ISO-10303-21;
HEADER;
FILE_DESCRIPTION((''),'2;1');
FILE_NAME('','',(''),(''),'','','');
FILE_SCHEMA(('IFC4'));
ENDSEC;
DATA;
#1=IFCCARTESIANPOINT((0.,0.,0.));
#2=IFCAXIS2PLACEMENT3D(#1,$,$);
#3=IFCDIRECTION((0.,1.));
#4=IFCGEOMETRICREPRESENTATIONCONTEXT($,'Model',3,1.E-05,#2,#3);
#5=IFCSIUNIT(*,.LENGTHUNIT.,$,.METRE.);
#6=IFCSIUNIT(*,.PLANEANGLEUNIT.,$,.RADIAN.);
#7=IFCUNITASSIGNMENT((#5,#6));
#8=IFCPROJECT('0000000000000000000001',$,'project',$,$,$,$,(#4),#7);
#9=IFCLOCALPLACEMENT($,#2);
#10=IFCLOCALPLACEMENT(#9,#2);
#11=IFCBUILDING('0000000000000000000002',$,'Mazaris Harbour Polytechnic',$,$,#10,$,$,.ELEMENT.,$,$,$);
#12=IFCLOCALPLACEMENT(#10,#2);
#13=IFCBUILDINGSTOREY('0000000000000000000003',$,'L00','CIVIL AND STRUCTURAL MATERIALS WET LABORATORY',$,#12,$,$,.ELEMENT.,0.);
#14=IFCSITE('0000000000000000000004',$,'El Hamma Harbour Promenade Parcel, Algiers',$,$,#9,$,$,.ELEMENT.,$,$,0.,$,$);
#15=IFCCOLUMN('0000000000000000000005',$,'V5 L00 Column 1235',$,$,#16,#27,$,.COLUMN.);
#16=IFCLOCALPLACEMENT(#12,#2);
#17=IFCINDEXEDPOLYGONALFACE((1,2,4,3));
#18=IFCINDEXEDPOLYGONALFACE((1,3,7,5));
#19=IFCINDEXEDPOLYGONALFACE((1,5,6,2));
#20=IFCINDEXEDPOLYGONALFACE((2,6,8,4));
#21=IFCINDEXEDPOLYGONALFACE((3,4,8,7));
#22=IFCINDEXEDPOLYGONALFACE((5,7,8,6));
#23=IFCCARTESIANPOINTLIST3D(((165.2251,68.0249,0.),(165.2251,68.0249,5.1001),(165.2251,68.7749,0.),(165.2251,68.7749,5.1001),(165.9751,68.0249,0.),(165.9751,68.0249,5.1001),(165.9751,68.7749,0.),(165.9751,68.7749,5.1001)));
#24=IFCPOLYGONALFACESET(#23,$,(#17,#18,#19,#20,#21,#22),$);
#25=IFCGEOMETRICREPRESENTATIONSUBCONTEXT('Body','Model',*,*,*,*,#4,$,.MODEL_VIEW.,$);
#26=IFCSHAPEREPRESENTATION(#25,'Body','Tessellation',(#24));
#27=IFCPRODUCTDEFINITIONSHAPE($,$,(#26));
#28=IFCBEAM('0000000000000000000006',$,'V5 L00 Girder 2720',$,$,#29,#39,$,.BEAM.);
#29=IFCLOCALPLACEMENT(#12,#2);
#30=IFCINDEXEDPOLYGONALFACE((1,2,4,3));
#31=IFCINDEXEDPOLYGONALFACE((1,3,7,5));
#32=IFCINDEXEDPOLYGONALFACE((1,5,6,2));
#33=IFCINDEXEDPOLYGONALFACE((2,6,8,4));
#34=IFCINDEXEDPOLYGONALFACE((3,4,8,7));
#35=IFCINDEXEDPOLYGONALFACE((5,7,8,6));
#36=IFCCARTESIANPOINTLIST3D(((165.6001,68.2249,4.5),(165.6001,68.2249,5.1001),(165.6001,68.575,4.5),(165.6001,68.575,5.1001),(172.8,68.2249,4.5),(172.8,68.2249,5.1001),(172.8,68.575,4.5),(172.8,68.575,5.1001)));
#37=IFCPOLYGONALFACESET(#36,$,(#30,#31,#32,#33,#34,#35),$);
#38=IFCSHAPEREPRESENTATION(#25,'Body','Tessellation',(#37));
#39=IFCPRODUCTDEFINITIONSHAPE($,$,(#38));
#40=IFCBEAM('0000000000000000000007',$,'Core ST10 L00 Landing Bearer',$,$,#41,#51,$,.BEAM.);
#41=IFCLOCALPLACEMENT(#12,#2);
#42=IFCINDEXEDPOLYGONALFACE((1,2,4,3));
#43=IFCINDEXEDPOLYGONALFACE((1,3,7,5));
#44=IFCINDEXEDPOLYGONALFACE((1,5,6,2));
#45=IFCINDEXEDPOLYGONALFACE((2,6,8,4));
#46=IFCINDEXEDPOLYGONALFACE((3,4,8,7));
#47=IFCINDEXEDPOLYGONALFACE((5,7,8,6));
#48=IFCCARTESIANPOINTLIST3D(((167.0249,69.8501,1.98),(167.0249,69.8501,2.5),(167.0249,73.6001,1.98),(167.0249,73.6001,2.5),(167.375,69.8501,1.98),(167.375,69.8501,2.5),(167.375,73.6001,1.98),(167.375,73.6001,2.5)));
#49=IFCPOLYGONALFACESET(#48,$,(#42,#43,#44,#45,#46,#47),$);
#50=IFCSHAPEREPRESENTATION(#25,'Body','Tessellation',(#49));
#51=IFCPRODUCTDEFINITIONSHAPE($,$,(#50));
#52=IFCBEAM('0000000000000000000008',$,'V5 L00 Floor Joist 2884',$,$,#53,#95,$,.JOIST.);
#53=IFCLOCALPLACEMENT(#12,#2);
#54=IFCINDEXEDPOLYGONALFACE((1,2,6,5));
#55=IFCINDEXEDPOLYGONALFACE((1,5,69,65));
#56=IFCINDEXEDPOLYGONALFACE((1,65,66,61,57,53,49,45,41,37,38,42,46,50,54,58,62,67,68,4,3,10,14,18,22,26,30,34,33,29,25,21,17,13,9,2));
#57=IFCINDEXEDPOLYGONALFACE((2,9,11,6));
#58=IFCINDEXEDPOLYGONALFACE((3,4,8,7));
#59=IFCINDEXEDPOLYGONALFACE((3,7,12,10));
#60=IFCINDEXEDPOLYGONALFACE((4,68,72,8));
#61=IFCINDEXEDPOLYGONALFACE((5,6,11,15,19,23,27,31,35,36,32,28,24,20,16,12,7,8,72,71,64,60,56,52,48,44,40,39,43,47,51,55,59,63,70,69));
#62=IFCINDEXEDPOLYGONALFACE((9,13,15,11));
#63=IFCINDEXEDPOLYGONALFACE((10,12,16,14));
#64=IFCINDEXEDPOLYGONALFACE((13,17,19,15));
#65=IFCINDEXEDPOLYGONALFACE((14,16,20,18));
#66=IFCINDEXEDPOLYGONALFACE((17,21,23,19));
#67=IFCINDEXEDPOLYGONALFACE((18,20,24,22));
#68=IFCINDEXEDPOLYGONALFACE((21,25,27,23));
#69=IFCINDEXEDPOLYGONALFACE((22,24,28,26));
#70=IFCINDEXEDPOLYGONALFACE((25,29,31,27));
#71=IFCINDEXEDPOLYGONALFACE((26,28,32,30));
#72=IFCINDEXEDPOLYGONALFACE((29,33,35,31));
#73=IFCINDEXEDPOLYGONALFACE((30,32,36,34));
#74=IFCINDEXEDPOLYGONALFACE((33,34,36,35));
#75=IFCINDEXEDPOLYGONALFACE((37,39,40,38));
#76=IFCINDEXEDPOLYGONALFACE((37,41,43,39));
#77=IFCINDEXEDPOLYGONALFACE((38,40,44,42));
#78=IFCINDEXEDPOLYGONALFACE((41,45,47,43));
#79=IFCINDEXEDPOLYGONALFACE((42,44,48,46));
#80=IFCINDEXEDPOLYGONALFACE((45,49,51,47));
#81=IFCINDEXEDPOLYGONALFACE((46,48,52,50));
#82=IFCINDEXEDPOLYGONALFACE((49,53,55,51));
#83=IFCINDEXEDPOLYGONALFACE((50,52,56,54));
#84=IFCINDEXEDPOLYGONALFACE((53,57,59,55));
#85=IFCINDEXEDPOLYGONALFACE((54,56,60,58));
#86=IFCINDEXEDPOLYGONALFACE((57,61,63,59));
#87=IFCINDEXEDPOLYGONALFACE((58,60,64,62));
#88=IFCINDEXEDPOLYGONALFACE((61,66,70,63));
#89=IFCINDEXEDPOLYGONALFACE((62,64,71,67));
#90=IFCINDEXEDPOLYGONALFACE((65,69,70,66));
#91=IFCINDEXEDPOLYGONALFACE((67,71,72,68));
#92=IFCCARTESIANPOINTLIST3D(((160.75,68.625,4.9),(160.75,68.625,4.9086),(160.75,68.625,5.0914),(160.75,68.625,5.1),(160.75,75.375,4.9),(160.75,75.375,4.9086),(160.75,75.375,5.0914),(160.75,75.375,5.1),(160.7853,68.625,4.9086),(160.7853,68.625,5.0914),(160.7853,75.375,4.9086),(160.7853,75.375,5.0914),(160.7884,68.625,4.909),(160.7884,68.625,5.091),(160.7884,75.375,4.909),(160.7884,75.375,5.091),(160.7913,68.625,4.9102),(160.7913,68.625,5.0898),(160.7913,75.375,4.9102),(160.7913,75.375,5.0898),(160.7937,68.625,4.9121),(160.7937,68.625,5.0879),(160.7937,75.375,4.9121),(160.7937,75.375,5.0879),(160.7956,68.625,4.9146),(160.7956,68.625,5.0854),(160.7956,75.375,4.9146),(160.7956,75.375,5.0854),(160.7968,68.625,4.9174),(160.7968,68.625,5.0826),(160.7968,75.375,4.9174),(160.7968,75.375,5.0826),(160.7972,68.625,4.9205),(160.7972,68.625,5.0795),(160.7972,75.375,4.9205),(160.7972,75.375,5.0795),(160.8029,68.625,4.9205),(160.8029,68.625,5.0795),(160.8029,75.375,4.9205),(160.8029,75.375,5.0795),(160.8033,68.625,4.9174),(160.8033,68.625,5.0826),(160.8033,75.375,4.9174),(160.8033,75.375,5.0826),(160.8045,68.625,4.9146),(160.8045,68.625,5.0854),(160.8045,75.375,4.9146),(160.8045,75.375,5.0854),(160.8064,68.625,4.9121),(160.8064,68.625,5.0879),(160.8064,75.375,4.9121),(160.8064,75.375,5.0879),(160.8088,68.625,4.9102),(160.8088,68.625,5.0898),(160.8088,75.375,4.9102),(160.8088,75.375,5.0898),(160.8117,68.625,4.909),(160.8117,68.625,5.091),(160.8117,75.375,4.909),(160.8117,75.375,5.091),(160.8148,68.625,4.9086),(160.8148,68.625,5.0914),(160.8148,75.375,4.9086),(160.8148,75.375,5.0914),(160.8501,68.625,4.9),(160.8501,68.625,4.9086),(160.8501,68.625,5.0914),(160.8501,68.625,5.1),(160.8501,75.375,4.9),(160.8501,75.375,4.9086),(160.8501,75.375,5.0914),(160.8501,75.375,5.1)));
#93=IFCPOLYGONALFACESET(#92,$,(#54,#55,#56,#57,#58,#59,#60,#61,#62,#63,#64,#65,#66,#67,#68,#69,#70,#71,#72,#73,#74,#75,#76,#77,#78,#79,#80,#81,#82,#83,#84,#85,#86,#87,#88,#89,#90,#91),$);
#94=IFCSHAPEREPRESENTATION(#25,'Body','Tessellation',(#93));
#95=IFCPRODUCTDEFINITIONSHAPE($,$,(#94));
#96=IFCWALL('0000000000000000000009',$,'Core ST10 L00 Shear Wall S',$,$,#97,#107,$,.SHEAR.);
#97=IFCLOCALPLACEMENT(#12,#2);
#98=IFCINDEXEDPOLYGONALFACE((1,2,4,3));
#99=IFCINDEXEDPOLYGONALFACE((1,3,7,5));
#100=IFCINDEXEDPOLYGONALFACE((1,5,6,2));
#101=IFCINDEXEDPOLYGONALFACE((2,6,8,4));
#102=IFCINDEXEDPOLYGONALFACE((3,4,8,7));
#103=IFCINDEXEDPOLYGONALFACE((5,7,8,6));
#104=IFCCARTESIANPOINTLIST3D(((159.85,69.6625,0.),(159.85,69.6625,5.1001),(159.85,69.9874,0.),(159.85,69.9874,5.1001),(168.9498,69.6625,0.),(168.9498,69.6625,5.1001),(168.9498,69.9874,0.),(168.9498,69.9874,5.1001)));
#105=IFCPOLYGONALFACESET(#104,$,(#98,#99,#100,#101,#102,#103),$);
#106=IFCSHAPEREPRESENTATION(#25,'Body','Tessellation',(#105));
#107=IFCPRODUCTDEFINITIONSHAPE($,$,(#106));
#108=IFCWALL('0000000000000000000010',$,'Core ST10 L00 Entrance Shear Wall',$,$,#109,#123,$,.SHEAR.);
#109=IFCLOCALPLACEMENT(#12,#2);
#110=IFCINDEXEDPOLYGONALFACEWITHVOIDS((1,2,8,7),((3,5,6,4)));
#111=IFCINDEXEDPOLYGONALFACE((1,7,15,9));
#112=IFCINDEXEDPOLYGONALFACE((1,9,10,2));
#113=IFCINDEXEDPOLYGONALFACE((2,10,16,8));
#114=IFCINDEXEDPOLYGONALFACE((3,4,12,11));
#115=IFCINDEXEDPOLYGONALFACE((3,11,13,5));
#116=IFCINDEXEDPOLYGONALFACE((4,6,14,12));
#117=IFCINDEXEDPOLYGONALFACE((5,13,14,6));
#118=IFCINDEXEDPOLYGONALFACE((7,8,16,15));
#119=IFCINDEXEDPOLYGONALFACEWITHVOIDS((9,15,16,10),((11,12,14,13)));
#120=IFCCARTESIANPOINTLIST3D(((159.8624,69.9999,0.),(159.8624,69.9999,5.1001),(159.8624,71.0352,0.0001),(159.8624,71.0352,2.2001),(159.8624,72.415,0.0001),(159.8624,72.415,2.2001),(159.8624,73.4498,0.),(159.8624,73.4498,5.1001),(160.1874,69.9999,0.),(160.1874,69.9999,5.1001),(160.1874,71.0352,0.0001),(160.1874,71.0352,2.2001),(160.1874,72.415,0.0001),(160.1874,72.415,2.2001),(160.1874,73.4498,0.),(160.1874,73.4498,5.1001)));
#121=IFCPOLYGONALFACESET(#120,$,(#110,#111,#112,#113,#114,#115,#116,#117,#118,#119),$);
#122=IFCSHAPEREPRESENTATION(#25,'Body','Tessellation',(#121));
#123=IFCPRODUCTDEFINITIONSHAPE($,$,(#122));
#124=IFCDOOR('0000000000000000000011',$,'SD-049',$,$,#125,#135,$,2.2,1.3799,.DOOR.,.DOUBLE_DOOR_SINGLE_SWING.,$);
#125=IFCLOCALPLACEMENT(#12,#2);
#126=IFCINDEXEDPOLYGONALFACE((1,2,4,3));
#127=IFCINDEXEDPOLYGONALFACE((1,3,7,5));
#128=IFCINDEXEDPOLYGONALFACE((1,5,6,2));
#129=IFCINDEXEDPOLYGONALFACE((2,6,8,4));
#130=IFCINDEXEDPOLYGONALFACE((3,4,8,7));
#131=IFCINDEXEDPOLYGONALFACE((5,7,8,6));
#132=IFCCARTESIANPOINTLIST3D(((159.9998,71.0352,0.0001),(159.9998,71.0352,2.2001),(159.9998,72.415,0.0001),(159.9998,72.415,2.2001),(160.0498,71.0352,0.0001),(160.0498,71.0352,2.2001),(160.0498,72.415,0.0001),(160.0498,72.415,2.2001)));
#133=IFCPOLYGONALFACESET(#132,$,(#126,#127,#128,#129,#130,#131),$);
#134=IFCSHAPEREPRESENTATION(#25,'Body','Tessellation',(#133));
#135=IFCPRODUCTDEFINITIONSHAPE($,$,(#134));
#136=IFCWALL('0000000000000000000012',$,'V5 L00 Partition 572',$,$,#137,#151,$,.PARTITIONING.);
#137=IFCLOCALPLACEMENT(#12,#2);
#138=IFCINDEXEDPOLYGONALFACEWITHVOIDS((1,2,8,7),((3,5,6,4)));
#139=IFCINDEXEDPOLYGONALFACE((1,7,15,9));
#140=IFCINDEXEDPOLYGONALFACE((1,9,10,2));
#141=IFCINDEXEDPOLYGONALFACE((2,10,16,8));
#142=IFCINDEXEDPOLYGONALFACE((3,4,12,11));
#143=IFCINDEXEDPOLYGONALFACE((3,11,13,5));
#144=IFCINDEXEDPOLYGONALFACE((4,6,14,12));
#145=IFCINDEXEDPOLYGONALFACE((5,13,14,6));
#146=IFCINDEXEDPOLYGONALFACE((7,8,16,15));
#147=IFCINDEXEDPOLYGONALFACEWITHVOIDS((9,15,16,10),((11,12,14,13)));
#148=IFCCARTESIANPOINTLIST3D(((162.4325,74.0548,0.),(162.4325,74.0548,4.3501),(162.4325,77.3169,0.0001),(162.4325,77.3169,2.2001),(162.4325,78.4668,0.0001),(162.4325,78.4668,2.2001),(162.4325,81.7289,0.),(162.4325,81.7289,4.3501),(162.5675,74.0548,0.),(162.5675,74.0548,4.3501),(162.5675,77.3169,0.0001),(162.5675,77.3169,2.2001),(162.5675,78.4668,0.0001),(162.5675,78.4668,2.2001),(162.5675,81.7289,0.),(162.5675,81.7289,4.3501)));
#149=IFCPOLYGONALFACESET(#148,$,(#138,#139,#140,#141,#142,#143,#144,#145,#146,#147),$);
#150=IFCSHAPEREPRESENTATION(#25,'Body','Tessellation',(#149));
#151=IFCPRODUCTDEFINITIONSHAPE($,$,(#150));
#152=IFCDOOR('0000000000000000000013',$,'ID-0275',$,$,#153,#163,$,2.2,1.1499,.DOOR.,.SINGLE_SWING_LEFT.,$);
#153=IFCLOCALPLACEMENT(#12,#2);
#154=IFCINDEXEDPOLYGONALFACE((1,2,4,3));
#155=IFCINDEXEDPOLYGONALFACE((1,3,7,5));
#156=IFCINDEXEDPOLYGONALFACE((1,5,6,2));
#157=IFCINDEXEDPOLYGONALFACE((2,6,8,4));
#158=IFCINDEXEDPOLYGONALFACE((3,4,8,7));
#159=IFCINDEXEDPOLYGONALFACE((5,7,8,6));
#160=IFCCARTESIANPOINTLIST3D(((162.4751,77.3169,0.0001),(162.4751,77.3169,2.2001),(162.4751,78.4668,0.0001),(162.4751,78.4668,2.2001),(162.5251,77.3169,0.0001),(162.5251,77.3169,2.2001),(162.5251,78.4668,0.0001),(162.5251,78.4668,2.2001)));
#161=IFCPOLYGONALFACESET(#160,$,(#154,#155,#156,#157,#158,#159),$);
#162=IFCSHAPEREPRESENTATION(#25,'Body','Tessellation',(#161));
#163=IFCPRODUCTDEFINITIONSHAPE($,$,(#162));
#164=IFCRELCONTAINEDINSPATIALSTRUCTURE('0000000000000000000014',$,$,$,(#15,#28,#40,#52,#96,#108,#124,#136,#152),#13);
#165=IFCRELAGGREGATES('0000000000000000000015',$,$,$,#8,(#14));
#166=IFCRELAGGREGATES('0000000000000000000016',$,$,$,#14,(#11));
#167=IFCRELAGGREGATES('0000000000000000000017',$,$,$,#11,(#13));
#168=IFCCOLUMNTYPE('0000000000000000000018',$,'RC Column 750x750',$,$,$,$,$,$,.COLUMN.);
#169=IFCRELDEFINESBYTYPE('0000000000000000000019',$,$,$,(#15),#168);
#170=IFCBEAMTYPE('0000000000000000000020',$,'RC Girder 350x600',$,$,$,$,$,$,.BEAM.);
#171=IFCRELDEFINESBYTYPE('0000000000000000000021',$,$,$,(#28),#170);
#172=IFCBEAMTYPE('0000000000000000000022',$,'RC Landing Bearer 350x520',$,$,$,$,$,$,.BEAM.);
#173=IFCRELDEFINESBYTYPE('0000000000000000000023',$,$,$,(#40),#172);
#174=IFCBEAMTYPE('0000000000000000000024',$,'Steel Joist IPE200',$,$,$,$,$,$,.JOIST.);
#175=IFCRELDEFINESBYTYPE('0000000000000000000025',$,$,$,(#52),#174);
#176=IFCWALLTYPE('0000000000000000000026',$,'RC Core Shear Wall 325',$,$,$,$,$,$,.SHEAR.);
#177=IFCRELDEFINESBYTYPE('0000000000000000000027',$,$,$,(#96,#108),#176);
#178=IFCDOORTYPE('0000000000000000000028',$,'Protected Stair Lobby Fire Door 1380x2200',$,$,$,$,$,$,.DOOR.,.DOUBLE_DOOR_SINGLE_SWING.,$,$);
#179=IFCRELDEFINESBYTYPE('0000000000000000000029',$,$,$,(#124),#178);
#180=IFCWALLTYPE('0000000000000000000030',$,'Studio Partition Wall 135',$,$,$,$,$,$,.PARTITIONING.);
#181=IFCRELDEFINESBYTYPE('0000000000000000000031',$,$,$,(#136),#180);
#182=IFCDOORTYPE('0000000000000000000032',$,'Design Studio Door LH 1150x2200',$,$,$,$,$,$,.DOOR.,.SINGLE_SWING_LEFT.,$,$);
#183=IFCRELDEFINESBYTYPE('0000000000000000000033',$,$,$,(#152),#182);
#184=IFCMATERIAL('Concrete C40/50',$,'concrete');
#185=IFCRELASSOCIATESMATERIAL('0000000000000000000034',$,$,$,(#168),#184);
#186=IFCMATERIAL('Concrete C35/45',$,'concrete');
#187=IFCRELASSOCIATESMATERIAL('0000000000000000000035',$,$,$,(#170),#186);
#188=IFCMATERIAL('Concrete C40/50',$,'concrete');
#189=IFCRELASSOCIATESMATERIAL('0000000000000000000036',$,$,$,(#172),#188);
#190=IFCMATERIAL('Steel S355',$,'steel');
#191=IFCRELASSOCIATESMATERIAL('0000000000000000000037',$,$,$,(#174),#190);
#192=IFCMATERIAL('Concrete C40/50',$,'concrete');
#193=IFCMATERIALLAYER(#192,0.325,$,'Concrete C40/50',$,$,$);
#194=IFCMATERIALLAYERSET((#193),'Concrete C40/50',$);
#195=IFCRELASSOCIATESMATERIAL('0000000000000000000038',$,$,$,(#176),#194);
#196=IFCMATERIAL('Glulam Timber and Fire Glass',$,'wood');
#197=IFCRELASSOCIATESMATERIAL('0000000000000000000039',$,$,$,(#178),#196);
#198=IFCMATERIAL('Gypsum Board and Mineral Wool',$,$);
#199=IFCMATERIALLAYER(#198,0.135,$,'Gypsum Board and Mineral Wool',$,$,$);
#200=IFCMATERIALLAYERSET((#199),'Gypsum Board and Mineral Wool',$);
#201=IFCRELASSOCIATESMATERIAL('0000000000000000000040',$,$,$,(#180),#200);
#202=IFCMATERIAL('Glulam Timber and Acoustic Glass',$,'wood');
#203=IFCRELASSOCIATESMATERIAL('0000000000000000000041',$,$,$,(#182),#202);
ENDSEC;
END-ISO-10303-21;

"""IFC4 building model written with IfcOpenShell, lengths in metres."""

from ifc_helpers import new_model, si_unit, direction, frame, frame_2d, origin, origin_2d, place, context, subcontext, project, spatial, rectangle, i_section, extrude, material, layer, layer_set, material_profile, profile_set, type_object, element, fill, save


model = new_model("IFC4")

# Units and contexts
model_context = context("Model", 3, precision=1e-05, world=origin(), true_north=direction((0.0, 1.0)))
body_context = subcontext(model_context, "Body", "Model", "MODEL_VIEW")
ifc_project = project(units=[si_unit("LENGTHUNIT", "METRE"), si_unit("PLANEANGLEUNIT", "RADIAN")], contexts=[model_context])

# Site, building, storey
site_placement = place(None, origin())
site = spatial("IfcSite", under=ifc_project, at=site_placement, Name="El Hamma Harbour Promenade Parcel, Algiers", CompositionType="ELEMENT", RefElevation=0.0)
building_placement = place(site_placement, origin())
building = spatial("IfcBuilding", under=site, at=building_placement, Name="Mazaris Harbour Polytechnic", CompositionType="ELEMENT")
storey_placement = place(building_placement, origin())
storey = spatial("IfcBuildingStorey", under=building, at=storey_placement, Name="L00", Description="CIVIL AND STRUCTURAL MATERIALS WET LABORATORY", CompositionType="ELEMENT", Elevation=0.0)

# Column
ifc_material_1 = material(Name="Concrete C40/50", Category="concrete")
ifc_material_profile_1 = material_profile(ifc_material_1, rectangle(XDim=0.75, YDim=0.75, at=origin_2d()), Name="RECT750x750")
ifc_profile_set_1 = profile_set([ifc_material_profile_1], Name="Concrete C40/50")
column_type = type_object("IfcColumnType", Name="RC Column 750x750", PredefinedType="COLUMN", material=ifc_profile_set_1)
column_placement = place(storey_placement, frame((165.6001, 68.3999, 0.0), z_axis=(0.0, 0.0, 1.0), x_axis=(1.0, 0.0, 0.0)))
element("IfcColumn", 1, at=column_placement, inside=storey, type_object=column_type, Name="V5 L00 Column 1235", PredefinedType="COLUMN", context=body_context, shape_type="SweptSolid", body=[
    extrude(rectangle(XDim=0.75, YDim=0.75, at=origin_2d()), origin(), (0.0, 0.0, 1.0), 5.1001),
])

# Beams
ifc_material_2 = material(Name="Concrete C35/45", Category="concrete")
ifc_material_profile_2 = material_profile(ifc_material_2, rectangle(XDim=0.3501, YDim=0.6001, at=origin_2d()), Name="RECT350x600")
ifc_profile_set_2 = profile_set([ifc_material_profile_2], Name="Concrete C35/45")
beam_type_1 = type_object("IfcBeamType", Name="RC Girder 350x600", PredefinedType="BEAM", material=ifc_profile_set_2)
beam_1_placement = place(storey_placement, frame((165.6001, 68.3999, 4.8), z_axis=(1.0, 0.0, 0.0), x_axis=(0.0, 1.0, 0.0)))
element("IfcBeam", 2, at=beam_1_placement, inside=storey, type_object=beam_type_1, Name="V5 L00 Girder 2720", PredefinedType="BEAM", context=body_context, shape_type="SweptSolid", body=[
    extrude(rectangle(XDim=0.3501, YDim=0.6001, at=origin_2d()), origin(), (0.0, 0.0, 1.0), 7.2),
])
ifc_material_3 = material(Name="Concrete C40/50", Category="concrete")
ifc_material_profile_3 = material_profile(ifc_material_3, rectangle(XDim=0.3501, YDim=0.52, at=origin_2d()), Name="RECT350x520")
ifc_profile_set_3 = profile_set([ifc_material_profile_3], Name="Concrete C40/50")
beam_type_2 = type_object("IfcBeamType", Name="RC Landing Bearer 350x520", PredefinedType="BEAM", material=ifc_profile_set_3)
beam_2_placement = place(storey_placement, frame((167.2, 69.8501, 2.24), z_axis=(0.0, 1.0, 0.0), x_axis=(-1.0, 0.0, 0.0)))
element("IfcBeam", 3, at=beam_2_placement, inside=storey, type_object=beam_type_2, Name="Core ST10 L00 Landing Bearer", PredefinedType="BEAM", context=body_context, shape_type="SweptSolid", body=[
    extrude(rectangle(XDim=0.3501, YDim=0.52, at=origin_2d()), origin(), (0.0, 0.0, 1.0), 3.75),
])
ifc_material_4 = material(Name="Steel S355", Category="steel")
ifc_material_profile_4 = material_profile(ifc_material_4, i_section(OverallWidth=0.1001, OverallDepth=0.2, WebThickness=0.0056, FlangeThickness=0.0085, FilletRadius=0.012, at=origin_2d()), Name="IPE 200")
ifc_profile_set_4 = profile_set([ifc_material_profile_4], Name="Steel S355")
beam_type_3 = type_object("IfcBeamType", Name="Steel Joist IPE200", PredefinedType="JOIST", material=ifc_profile_set_4)
beam_3_placement = place(storey_placement, frame((160.8, 68.625, 5.0), z_axis=(0.0, 1.0, 0.0), x_axis=(-1.0, 0.0, 0.0)))
element("IfcBeam", 4, at=beam_3_placement, inside=storey, type_object=beam_type_3, Name="V5 L00 Floor Joist 2884", PredefinedType="JOIST", context=body_context, shape_type="SweptSolid", body=[
    extrude(i_section(OverallWidth=0.1001, OverallDepth=0.2, WebThickness=0.0056, FlangeThickness=0.0085, FilletRadius=0.012, at=origin_2d()), origin(), (0.0, 0.0, 1.0), 6.75),
])

# Wall
ifc_material_5 = material(Name="Concrete C40/50", Category="concrete")
ifc_layer_1 = layer(ifc_material_5, 0.325, Name="Concrete C40/50")
ifc_layer_set_1 = layer_set([ifc_layer_1], Name="Concrete C40/50")
wall_type_1 = type_object("IfcWallType", Name="RC Core Shear Wall 325", PredefinedType="SHEAR", material=ifc_layer_set_1)
wall_1_placement = place(storey_placement, frame((159.8501, 69.825, 0.0), z_axis=(0.0, 0.0, 1.0), x_axis=(1.0, 0.0, 0.0)))
element("IfcWall", 5, at=wall_1_placement, inside=storey, type_object=wall_type_1, Name="Core ST10 L00 Shear Wall S", PredefinedType="SHEAR", context=body_context, shape_type="SweptSolid", body=[
    extrude(rectangle(XDim=9.0999, YDim=0.325, at=frame_2d((4.5498, 0.0))), origin(), (0.0, 0.0, 1.0), 5.1001),
])

# Walls, openings, doors
wall_2_placement = place(storey_placement, frame((160.0249, 73.45, 0.0), z_axis=(0.0, 0.0, 1.0), x_axis=(0.0, -1.0, 0.0)))
wall_2 = element("IfcWall", 6, at=wall_2_placement, inside=storey, type_object=wall_type_1, Name="Core ST10 L00 Entrance Shear Wall", PredefinedType="SHEAR", context=body_context, shape_type="SweptSolid", body=[
    extrude(rectangle(XDim=3.45, YDim=0.325, at=frame_2d((1.7251, 0.0))), origin(), (0.0, 0.0, 1.0), 5.1001),
])
opening_1_placement = place(wall_2_placement, frame((1.0349, 0.0, 0.0)))
opening_1 = element("IfcOpeningElement", 7, at=opening_1_placement, cuts=wall_2, PredefinedType="OPENING", context=body_context, shape_type="SweptSolid", body=[
    extrude(rectangle(XDim=1.3799, YDim=2.2, at=frame_2d((0.6899, 1.1001))), frame((0.0, 0.1724, 0.0), z_axis=(0.0, -1.0, 0.0), x_axis=(1.0, 0.0, 0.0)), (0.0, 0.0, 1.0), 0.345),
])
ifc_material_6 = material(Name="Glulam Timber and Fire Glass", Category="wood")
door_type_1 = type_object("IfcDoorType", Name="Protected Stair Lobby Fire Door 1380x2200", OperationType="DOUBLE_DOOR_SINGLE_SWING", PredefinedType="DOOR", material=ifc_material_6)
door_1_placement = place(opening_1_placement, origin())
door_1 = element("IfcDoor", 8, at=door_1_placement, inside=storey, type_object=door_type_1, Name="SD-049", OperationType="DOUBLE_DOOR_SINGLE_SWING", OverallHeight=2.2, OverallWidth=1.3799, PredefinedType="DOOR", context=body_context, shape_type="SweptSolid", body=[
    extrude(rectangle(XDim=1.3799, YDim=2.2, at=frame_2d((0.6899, 1.1001))), frame((0.0, 0.0249, 0.0), z_axis=(0.0, -1.0, 0.0), x_axis=(1.0, 0.0, 0.0)), (0.0, 0.0, 1.0), 0.05),
])
fill(opening_1, door_1)
ifc_material_7 = material(Name="Gypsum Board and Mineral Wool")
ifc_layer_2 = layer(ifc_material_7, 0.135, Name="Gypsum Board and Mineral Wool")
ifc_layer_set_2 = layer_set([ifc_layer_2], Name="Gypsum Board and Mineral Wool")
wall_type_2 = type_object("IfcWallType", Name="Studio Partition Wall 135", PredefinedType="PARTITIONING", material=ifc_layer_set_2)
wall_3_placement = place(storey_placement, frame((162.5, 74.0549, 0.0), z_axis=(0.0, 0.0, 1.0), x_axis=(0.0, 1.0, 0.0)))
wall_3 = element("IfcWall", 9, at=wall_3_placement, inside=storey, type_object=wall_type_2, Name="V5 L00 Partition 572", PredefinedType="PARTITIONING", context=body_context, shape_type="SweptSolid", body=[
    extrude(rectangle(XDim=7.6741, YDim=0.135, at=frame_2d((3.8369, 0.0))), origin(), (0.0, 0.0, 1.0), 4.3501),
])
opening_2_placement = place(wall_3_placement, frame((3.262, 0.0, 0.0)))
opening_2 = element("IfcOpeningElement", 10, at=opening_2_placement, cuts=wall_3, PredefinedType="OPENING", context=body_context, shape_type="SweptSolid", body=[
    extrude(rectangle(XDim=1.1499, YDim=2.2, at=frame_2d((0.575, 1.1001))), frame((0.0, 0.0774, 0.0), z_axis=(0.0, -1.0, 0.0), x_axis=(1.0, 0.0, 0.0)), (0.0, 0.0, 1.0), 0.155),
])
ifc_material_8 = material(Name="Glulam Timber and Acoustic Glass", Category="wood")
door_type_2 = type_object("IfcDoorType", Name="Design Studio Door LH 1150x2200", OperationType="SINGLE_SWING_LEFT", PredefinedType="DOOR", material=ifc_material_8)
door_2_placement = place(opening_2_placement, origin())
door_2 = element("IfcDoor", 11, at=door_2_placement, inside=storey, type_object=door_type_2, Name="ID-0275", OperationType="SINGLE_SWING_LEFT", OverallHeight=2.2, OverallWidth=1.1499, PredefinedType="DOOR", context=body_context, shape_type="SweptSolid", body=[
    extrude(rectangle(XDim=1.1499, YDim=2.2, at=frame_2d((0.575, 1.1001))), frame((0.0, 0.0249, 0.0), z_axis=(0.0, -1.0, 0.0), x_axis=(1.0, 0.0, 0.0)), (0.0, 0.0, 1.0), 0.05),
])
fill(opening_2, door_2)

save(model, "model.ifc")
